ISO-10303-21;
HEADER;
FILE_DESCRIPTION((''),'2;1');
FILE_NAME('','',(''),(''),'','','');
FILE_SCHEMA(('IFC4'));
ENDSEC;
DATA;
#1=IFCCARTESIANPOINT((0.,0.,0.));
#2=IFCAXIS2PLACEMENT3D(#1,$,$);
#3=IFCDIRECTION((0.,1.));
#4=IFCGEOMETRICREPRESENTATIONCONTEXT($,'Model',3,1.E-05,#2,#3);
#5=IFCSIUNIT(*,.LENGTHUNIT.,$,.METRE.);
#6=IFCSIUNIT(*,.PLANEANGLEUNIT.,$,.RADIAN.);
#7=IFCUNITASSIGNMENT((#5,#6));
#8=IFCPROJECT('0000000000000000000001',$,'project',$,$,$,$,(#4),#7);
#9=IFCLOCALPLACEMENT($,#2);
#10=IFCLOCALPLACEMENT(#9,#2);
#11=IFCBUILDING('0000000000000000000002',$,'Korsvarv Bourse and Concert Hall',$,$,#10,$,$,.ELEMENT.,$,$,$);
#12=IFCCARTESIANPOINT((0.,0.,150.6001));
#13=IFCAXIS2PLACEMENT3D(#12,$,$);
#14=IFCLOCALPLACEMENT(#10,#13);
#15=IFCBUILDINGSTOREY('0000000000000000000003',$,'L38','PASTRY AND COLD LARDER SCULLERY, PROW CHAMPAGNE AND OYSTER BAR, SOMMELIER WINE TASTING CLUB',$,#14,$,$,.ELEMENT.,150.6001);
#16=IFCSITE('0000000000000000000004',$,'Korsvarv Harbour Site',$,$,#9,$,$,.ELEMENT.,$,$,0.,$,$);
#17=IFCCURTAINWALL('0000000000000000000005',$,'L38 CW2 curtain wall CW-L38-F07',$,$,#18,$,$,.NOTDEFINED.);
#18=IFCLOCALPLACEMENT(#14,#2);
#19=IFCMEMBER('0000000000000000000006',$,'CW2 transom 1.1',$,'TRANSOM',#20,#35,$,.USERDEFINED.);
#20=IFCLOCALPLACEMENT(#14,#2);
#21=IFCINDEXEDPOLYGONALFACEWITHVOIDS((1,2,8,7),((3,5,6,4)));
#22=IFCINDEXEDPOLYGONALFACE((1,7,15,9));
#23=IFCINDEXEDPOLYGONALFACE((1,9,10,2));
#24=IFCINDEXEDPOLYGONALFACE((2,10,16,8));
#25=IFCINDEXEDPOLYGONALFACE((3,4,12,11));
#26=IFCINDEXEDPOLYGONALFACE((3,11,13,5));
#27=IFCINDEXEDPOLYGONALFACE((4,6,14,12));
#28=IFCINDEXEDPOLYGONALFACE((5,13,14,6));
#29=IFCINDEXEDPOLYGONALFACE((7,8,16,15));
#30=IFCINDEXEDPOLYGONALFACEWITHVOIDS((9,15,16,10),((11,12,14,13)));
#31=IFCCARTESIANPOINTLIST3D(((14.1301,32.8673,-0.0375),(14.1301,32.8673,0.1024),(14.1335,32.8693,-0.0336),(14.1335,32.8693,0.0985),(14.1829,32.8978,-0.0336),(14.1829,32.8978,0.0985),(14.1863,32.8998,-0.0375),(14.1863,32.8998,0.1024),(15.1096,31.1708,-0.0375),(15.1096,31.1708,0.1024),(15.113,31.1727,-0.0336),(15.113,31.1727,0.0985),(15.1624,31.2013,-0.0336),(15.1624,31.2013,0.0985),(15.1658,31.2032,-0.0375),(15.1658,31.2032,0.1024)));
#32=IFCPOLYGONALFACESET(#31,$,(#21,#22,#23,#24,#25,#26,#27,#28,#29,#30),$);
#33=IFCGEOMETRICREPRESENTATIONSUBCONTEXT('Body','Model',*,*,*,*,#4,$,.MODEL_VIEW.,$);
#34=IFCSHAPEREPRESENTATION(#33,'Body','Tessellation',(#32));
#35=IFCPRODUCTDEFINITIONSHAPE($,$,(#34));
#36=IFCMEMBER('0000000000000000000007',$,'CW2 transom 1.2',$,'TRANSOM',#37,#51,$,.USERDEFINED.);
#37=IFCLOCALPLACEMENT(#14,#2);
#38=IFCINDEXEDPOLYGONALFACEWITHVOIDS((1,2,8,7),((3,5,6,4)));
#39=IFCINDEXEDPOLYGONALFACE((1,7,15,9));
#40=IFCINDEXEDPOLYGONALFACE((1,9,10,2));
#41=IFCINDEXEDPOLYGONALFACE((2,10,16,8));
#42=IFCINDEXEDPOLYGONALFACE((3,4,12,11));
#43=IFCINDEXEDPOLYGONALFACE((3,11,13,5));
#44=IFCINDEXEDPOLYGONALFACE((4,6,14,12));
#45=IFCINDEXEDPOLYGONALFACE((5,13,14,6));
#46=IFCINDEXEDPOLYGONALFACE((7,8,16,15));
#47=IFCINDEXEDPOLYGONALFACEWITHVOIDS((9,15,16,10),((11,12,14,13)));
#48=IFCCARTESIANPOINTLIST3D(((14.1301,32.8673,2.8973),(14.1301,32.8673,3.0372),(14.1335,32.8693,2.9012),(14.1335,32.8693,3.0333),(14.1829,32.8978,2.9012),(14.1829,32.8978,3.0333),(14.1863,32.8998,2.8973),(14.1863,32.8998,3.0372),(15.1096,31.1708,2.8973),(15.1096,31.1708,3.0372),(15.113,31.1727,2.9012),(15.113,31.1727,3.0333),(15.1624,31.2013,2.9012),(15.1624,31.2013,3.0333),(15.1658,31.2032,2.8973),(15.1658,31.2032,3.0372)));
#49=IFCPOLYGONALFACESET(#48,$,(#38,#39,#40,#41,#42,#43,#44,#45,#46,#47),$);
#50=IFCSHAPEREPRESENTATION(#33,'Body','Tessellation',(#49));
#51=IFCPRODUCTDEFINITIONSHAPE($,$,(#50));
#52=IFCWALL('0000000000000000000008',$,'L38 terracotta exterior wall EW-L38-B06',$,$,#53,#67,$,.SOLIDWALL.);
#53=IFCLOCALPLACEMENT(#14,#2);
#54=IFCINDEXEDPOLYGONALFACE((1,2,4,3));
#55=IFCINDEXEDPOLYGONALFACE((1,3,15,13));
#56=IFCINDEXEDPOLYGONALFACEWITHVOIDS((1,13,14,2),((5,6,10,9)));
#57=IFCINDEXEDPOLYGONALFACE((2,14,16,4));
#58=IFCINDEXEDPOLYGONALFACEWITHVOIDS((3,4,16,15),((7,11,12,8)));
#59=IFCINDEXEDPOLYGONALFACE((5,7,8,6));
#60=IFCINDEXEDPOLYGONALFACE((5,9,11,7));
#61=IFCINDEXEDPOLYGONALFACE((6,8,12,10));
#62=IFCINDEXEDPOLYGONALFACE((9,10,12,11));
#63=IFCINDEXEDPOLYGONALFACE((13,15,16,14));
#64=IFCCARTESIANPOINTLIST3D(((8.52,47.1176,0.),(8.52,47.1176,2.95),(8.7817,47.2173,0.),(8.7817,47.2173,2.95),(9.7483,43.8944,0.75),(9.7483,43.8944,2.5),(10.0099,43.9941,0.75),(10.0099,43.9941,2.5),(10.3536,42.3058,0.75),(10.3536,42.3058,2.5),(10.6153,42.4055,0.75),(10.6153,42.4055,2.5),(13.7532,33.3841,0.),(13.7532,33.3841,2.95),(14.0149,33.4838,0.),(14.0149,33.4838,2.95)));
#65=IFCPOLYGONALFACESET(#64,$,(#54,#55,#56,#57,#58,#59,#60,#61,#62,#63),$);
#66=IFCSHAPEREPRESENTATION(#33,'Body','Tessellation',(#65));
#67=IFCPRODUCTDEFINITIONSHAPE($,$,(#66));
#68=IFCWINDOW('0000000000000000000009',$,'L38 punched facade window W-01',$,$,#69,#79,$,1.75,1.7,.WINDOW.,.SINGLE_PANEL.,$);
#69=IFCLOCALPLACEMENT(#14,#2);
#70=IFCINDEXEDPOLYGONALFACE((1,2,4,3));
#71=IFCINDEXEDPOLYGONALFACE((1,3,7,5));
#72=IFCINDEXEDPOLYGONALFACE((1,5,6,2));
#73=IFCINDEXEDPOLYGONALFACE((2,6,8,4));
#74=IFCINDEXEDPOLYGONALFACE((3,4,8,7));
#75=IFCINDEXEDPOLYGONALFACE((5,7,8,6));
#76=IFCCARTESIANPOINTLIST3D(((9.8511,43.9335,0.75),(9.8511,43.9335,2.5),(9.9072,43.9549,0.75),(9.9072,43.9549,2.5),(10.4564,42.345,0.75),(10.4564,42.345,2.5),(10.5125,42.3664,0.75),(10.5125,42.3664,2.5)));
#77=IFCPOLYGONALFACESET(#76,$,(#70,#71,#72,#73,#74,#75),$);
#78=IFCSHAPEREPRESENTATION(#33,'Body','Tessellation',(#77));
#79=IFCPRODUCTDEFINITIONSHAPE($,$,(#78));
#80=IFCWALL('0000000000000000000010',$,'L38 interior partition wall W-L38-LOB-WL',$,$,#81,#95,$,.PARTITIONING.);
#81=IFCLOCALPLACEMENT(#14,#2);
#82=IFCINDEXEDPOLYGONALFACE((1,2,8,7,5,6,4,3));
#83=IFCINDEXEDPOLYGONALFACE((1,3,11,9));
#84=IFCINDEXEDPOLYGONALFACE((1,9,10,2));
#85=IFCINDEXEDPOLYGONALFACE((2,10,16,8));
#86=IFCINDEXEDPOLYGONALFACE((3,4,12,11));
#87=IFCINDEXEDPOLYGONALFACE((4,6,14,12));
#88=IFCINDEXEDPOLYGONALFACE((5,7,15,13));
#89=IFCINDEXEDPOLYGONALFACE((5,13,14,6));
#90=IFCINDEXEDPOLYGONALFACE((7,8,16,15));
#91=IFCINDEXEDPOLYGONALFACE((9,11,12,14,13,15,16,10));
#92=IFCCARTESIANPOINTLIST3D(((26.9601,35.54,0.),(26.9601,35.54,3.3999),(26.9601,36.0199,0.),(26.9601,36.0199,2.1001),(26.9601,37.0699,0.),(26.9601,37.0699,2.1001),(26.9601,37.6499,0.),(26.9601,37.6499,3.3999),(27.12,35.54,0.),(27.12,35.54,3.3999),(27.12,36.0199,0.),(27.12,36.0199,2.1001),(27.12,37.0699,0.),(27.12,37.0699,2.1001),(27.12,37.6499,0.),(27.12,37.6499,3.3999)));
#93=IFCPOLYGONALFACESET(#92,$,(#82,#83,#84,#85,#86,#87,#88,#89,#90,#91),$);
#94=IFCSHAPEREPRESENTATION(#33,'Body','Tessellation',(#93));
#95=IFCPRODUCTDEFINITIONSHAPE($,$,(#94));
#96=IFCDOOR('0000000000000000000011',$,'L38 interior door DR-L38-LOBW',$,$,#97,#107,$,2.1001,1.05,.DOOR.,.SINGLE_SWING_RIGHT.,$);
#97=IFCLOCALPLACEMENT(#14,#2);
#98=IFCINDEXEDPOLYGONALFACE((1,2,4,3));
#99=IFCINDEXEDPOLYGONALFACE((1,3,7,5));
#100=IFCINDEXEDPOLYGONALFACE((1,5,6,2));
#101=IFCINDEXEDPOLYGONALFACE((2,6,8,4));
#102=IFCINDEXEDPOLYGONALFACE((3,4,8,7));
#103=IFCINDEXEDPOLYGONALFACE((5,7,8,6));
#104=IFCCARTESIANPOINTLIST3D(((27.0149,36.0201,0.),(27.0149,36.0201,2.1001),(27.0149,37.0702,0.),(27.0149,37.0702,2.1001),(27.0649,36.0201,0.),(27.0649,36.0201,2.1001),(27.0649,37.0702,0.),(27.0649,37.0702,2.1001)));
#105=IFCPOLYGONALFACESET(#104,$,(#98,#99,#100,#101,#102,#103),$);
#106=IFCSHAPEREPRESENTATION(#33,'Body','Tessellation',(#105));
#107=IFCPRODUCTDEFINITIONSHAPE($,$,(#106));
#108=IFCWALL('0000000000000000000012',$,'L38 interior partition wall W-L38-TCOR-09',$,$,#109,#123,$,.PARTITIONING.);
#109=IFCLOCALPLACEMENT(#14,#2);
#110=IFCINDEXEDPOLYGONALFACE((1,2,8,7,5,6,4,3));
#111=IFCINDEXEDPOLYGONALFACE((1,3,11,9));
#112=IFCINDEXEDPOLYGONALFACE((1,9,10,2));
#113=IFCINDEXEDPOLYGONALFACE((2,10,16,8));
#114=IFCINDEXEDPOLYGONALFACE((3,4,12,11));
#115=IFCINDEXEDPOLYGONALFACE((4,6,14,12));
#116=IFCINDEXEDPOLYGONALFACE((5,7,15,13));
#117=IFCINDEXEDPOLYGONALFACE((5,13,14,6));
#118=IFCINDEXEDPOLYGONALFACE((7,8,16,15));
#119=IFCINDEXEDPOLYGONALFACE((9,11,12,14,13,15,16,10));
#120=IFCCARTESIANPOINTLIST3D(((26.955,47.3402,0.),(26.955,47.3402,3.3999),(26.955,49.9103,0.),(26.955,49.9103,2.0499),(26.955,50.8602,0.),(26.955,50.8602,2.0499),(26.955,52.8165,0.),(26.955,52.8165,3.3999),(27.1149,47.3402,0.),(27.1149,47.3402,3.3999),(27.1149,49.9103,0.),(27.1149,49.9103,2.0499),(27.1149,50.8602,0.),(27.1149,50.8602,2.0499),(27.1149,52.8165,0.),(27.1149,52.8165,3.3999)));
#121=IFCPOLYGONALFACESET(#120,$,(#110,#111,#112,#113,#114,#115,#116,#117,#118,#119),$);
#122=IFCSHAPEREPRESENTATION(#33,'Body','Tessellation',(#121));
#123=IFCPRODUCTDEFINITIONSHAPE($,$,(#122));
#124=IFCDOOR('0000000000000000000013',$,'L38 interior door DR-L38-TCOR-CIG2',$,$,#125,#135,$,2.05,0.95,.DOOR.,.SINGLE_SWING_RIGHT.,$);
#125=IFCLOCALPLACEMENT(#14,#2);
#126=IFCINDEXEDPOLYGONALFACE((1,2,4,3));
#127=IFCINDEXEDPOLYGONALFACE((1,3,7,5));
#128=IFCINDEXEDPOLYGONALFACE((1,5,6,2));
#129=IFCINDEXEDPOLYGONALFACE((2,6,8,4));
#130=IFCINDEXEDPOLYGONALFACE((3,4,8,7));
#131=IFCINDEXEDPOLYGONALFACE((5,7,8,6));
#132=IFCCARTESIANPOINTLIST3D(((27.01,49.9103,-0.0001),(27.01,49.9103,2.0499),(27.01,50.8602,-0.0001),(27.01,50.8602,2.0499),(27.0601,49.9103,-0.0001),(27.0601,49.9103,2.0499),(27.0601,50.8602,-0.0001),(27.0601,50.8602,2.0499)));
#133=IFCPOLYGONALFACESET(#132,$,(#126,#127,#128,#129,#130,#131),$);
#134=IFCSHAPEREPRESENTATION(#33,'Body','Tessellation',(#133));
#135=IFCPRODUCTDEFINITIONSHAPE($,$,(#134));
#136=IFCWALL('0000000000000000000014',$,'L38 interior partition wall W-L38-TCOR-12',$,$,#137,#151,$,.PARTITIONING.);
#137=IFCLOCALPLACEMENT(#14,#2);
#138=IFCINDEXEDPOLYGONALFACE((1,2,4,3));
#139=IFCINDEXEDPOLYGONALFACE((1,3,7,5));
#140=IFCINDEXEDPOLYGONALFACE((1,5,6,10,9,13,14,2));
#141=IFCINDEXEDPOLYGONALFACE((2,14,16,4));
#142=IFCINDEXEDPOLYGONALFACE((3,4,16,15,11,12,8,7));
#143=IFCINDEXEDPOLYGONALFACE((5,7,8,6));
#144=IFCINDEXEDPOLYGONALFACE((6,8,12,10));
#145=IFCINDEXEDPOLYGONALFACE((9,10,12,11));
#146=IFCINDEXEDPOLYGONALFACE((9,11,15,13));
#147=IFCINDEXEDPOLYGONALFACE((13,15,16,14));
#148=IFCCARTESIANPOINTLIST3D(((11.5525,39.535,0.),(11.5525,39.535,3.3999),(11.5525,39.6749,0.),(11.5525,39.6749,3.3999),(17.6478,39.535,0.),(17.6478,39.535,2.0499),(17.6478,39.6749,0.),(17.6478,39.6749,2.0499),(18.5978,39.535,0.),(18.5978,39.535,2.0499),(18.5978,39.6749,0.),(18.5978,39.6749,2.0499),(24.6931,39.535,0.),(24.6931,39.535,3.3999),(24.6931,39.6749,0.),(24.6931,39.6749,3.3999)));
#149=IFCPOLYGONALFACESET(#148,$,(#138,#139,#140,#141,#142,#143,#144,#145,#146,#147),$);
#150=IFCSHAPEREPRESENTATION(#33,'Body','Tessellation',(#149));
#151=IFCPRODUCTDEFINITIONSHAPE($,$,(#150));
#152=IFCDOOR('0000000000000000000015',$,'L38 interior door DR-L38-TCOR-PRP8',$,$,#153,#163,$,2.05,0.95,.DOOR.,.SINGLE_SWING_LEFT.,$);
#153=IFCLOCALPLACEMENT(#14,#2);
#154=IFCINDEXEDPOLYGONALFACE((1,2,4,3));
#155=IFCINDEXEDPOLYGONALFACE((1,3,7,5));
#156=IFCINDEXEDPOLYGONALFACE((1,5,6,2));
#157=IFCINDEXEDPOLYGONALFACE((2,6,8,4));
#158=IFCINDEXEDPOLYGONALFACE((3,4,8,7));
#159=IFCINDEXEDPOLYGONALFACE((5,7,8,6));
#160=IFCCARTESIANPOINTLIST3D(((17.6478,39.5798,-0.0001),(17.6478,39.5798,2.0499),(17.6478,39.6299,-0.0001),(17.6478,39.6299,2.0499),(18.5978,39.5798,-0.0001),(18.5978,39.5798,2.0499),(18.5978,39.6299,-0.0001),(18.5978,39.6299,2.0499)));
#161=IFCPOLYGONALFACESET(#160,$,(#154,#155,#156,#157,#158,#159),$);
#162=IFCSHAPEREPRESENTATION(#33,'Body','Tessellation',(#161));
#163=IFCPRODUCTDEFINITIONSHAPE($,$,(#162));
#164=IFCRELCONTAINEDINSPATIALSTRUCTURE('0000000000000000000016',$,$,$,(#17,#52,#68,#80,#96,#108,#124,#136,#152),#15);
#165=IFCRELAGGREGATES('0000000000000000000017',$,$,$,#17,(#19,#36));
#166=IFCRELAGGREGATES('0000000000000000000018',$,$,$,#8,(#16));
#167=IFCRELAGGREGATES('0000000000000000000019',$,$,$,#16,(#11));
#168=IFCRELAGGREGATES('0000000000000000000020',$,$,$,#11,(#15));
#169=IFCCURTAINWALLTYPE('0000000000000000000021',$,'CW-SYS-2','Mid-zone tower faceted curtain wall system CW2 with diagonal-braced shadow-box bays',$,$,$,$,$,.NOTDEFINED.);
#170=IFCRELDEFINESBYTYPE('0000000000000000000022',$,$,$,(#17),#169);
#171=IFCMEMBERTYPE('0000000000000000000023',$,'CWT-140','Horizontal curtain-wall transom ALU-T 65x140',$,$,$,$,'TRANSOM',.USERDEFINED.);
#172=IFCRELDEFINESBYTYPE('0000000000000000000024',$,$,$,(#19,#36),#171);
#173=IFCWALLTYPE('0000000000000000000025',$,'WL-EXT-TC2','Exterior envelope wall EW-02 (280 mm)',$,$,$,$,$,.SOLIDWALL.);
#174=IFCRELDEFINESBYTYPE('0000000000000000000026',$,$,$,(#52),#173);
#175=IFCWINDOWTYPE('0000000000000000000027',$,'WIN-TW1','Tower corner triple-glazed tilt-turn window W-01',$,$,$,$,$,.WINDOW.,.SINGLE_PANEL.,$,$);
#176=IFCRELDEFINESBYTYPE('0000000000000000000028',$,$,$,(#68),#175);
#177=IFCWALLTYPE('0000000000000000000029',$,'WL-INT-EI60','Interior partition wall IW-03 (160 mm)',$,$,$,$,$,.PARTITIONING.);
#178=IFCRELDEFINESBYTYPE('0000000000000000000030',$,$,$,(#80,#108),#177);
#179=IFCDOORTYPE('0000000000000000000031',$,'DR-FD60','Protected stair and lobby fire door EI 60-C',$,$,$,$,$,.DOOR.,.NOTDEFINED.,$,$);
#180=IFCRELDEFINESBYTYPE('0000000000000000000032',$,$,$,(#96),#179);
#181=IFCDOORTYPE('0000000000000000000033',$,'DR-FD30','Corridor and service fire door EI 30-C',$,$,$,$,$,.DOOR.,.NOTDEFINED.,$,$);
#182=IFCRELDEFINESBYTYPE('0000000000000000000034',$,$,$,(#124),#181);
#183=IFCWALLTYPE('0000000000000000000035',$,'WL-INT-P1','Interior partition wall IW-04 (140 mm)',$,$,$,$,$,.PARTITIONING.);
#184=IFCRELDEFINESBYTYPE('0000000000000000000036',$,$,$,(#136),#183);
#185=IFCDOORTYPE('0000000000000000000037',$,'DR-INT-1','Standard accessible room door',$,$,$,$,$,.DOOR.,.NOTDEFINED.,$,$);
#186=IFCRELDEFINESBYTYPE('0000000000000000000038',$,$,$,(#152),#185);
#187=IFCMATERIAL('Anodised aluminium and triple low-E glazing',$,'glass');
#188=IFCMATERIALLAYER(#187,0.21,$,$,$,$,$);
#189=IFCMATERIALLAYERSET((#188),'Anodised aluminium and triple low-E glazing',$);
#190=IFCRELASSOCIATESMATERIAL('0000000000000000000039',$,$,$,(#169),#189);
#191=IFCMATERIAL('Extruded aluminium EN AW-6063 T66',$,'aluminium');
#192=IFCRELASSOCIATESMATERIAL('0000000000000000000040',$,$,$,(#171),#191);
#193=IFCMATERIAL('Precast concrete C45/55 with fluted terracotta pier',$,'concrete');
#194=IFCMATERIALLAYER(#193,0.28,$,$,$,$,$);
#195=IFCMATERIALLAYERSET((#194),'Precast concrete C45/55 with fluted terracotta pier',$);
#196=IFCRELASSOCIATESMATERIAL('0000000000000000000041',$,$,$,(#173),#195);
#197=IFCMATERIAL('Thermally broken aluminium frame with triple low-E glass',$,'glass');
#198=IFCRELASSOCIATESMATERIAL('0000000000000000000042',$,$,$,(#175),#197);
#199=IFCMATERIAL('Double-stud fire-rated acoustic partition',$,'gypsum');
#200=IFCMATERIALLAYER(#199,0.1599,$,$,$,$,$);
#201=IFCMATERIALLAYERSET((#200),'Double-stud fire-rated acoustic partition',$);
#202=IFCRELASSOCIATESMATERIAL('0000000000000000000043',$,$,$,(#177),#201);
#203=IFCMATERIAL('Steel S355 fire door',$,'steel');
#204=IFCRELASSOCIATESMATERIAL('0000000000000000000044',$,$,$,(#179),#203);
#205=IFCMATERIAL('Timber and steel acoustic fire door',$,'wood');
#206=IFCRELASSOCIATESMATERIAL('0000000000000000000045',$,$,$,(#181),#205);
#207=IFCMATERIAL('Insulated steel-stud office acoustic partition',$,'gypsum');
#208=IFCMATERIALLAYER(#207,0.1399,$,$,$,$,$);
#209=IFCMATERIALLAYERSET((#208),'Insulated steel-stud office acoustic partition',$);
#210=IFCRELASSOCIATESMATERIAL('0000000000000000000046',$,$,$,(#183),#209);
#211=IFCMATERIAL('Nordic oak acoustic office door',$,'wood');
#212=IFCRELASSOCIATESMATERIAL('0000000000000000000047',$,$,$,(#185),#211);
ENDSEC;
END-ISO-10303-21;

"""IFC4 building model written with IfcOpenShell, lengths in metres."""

from ifc_helpers import new_model, si_unit, direction, frame, frame_2d, origin, origin_2d, place, context, subcontext, project, spatial, rectangle, hollow_rectangle, extrude, source, transform, mapped, material, layer, layer_set, material_profile, profile_set, type_object, element, fill, aggregate, save


model = new_model("IFC4")

# Units and contexts
model_context = context("Model", 3, precision=1e-05, world=origin(), true_north=direction((0.0, 1.0)))
body_context = subcontext(model_context, "Body", "Model", "MODEL_VIEW")
ifc_project = project(units=[si_unit("LENGTHUNIT", "METRE"), si_unit("PLANEANGLEUNIT", "RADIAN")], contexts=[model_context])

# Site, building, storey
site_placement = place(None, origin())
site = spatial("IfcSite", under=ifc_project, at=site_placement, Name="Korsvarv Harbour Site", CompositionType="ELEMENT", RefElevation=0.0)
building_placement = place(site_placement, origin())
building = spatial("IfcBuilding", under=site, at=building_placement, Name="Korsvarv Bourse and Concert Hall", CompositionType="ELEMENT")
storey_placement = place(building_placement, frame((0.0, 0.0, 150.6001)))
storey = spatial("IfcBuildingStorey", under=building, at=storey_placement, Name="L38", Description="PASTRY AND COLD LARDER SCULLERY, PROW CHAMPAGNE AND OYSTER BAR, SOMMELIER WINE TASTING CLUB", CompositionType="ELEMENT", Elevation=150.6001)

# Curtain wall, members
ifc_material_1 = material(Name="Anodised aluminium and triple low-E glazing", Category="glass")
ifc_layer_1 = layer(ifc_material_1, 0.21)
ifc_layer_set_1 = layer_set([ifc_layer_1], Name="Anodised aluminium and triple low-E glazing")
curtain_wall_type = type_object("IfcCurtainWallType", Name="CW-SYS-2", Description="Mid-zone tower faceted curtain wall system CW2 with diagonal-braced shadow-box bays", PredefinedType="NOTDEFINED", material=ifc_layer_set_1)
curtain_wall_placement = place(storey_placement, origin())
curtain_wall = element("IfcCurtainWall", 1, at=curtain_wall_placement, inside=storey, type_object=curtain_wall_type, Name="L38 CW2 curtain wall CW-L38-F07", PredefinedType="NOTDEFINED")
ifc_material_2 = material(Name="Extruded aluminium EN AW-6063 T66", Category="aluminium")
ifc_material_profile_1 = material_profile(ifc_material_2, hollow_rectangle(XDim=0.0649, YDim=0.1399, WallThickness=0.0039, at=origin_2d()), Name="ALU-T 65x140")
ifc_profile_set_1 = profile_set([ifc_material_profile_1], Name="Extruded aluminium EN AW-6063 T66")
member_type_1 = type_object("IfcMemberType", Name="CWT-140", Description="Horizontal curtain-wall transom ALU-T 65x140", ElementType="TRANSOM", PredefinedType="USERDEFINED", material=ifc_profile_set_1)
shared_shape_1 = source(origin(), body_context, "Body", "SweptSolid", [
    extrude(hollow_rectangle(XDim=0.0649, YDim=0.1399, WallThickness=0.0039, at=origin_2d()), origin(), (0.0, 0.0, 1.0), 1.959),
])
member_1_placement = place(storey_placement, frame((14.1582, 32.8835, 0.0325), z_axis=(0.499999, -0.866026, 0.0), x_axis=(0.866026, 0.499999, 0.0)))
member_1 = element("IfcMember", 2, at=member_1_placement, type_object=member_type_1, Name="CW2 transom 1.1", ObjectType="TRANSOM", PredefinedType="USERDEFINED", context=body_context, shape_type="MappedRepresentation", body=[
    mapped(shared_shape_1, transform((0.0, 0.0, 0.0), scale=1.0)),
])
member_2_placement = place(storey_placement, frame((14.1582, 32.8835, 2.9673), z_axis=(0.499999, -0.866026, 0.0), x_axis=(0.866026, 0.499999, 0.0)))
member_2 = element("IfcMember", 3, at=member_2_placement, type_object=member_type_1, Name="CW2 transom 1.2", ObjectType="TRANSOM", PredefinedType="USERDEFINED", context=body_context, shape_type="MappedRepresentation", body=[
    mapped(shared_shape_1, transform((0.0, 0.0, 0.0), scale=1.0)),
])
aggregate(curtain_wall, [member_1, member_2])

# Wall, opening, window
ifc_material_3 = material(Name="Precast concrete C45/55 with fluted terracotta pier", Category="concrete")
ifc_layer_2 = layer(ifc_material_3, 0.28)
ifc_layer_set_2 = layer_set([ifc_layer_2], Name="Precast concrete C45/55 with fluted terracotta pier")
wall_type_1 = type_object("IfcWallType", Name="WL-EXT-TC2", Description="Exterior envelope wall EW-02 (280 mm)", PredefinedType="SOLIDWALL", material=ifc_layer_set_2)
wall_1_placement = place(storey_placement, frame((8.6509, 47.1675, 0.0), z_axis=(0.0, 0.0, 1.0), x_axis=(0.356078, -0.934456, 0.0)))
wall_1 = element("IfcWall", 4, at=wall_1_placement, inside=storey, type_object=wall_type_1, Name="L38 terracotta exterior wall EW-L38-B06", PredefinedType="SOLIDWALL", context=body_context, shape_type="SweptSolid", body=[
    extrude(rectangle(XDim=14.6968, YDim=0.28, at=frame_2d((7.3484, 0.0))), origin(), (0.0, 0.0, 1.0), 2.95),
])
opening_1_placement = place(wall_1_placement, frame((3.4492, 0.0, 0.75)))
opening_1 = element("IfcOpeningElement", 5, at=opening_1_placement, cuts=wall_1, PredefinedType="OPENING", context=body_context, shape_type="SweptSolid", body=[
    extrude(rectangle(XDim=1.7, YDim=1.75, at=frame_2d((0.8501, 0.875))), frame((0.0, 0.1499, 0.0), z_axis=(0.0, -1.0, 0.0), x_axis=(1.0, 0.0, 0.0)), (0.0, 0.0, 1.0), 0.3),
])
ifc_material_4 = material(Name="Thermally broken aluminium frame with triple low-E glass", Category="glass")
window_type = type_object("IfcWindowType", Name="WIN-TW1", Description="Tower corner triple-glazed tilt-turn window W-01", PartitioningType="SINGLE_PANEL", PredefinedType="WINDOW", material=ifc_material_4)
window_placement = place(opening_1_placement, origin())
window = element("IfcWindow", 6, at=window_placement, inside=storey, type_object=window_type, Name="L38 punched facade window W-01", OverallHeight=1.75, OverallWidth=1.7, PartitioningType="SINGLE_PANEL", PredefinedType="WINDOW", context=body_context, shape_type="SweptSolid", body=[
    extrude(rectangle(XDim=1.7, YDim=1.75, at=frame_2d((0.8501, 0.875))), frame((0.0, 0.03, 0.0), z_axis=(0.0, -1.0, 0.0), x_axis=(1.0, 0.0, 0.0)), (0.0, 0.0, 1.0), 0.0601),
])
fill(opening_1, window)

# Walls, openings, doors
ifc_material_5 = material(Name="Double-stud fire-rated acoustic partition", Category="gypsum")
ifc_layer_3 = layer(ifc_material_5, 0.1599)
ifc_layer_set_3 = layer_set([ifc_layer_3], Name="Double-stud fire-rated acoustic partition")
wall_type_2 = type_object("IfcWallType", Name="WL-INT-EI60", Description="Interior partition wall IW-03 (160 mm)", PredefinedType="PARTITIONING", material=ifc_layer_set_3)
wall_2_placement = place(storey_placement, frame((27.04, 35.54, 0.0), z_axis=(0.0, 0.0, 1.0), x_axis=(0.0, 1.0, 0.0)))
wall_2 = element("IfcWall", 7, at=wall_2_placement, inside=storey, type_object=wall_type_2, Name="L38 interior partition wall W-L38-LOB-WL", PredefinedType="PARTITIONING", context=body_context, shape_type="SweptSolid", body=[
    extrude(rectangle(XDim=2.1099, YDim=0.1599, at=frame_2d((1.0549, 0.0))), origin(), (0.0, 0.0, 1.0), 3.3999),
])
opening_2_placement = place(wall_2_placement, frame((0.48, 0.0, 0.0)))
opening_2 = element("IfcOpeningElement", 8, at=opening_2_placement, cuts=wall_2, PredefinedType="OPENING", context=body_context, shape_type="SweptSolid", body=[
    extrude(rectangle(XDim=1.05, YDim=2.1001, at=frame_2d((0.5249, 1.05))), frame((0.0, 0.0898, 0.0), z_axis=(0.0, -1.0, 0.0), x_axis=(1.0, 0.0, 0.0)), (0.0, 0.0, 1.0), 0.1799),
])
ifc_material_6 = material(Name="Steel S355 fire door", Category="steel")
door_type_1 = type_object("IfcDoorType", Name="DR-FD60", Description="Protected stair and lobby fire door EI 60-C", OperationType="NOTDEFINED", PredefinedType="DOOR", material=ifc_material_6)
door_1_placement = place(opening_2_placement, frame((1.05, 0.0, 0.0), z_axis=(0.0, 0.0, 1.0), x_axis=(-1.0, 0.0, 0.0)))
door_1 = element("IfcDoor", 9, at=door_1_placement, inside=storey, type_object=door_type_1, Name="L38 interior door DR-L38-LOBW", OperationType="SINGLE_SWING_RIGHT", OverallHeight=2.1001, OverallWidth=1.05, PredefinedType="DOOR", context=body_context, shape_type="SweptSolid", body=[
    extrude(rectangle(XDim=1.05, YDim=2.1001, at=frame_2d((0.5249, 1.05))), frame((0.0, 0.0249, 0.0), z_axis=(0.0, -1.0, 0.0), x_axis=(1.0, 0.0, 0.0)), (0.0, 0.0, 1.0), 0.05),
])
fill(opening_2, door_1)
wall_3_placement = place(storey_placement, frame((27.0349, 47.3401, 0.0), z_axis=(0.0, 0.0, 1.0), x_axis=(0.0, 1.0, 0.0)))
wall_3 = element("IfcWall", 10, at=wall_3_placement, inside=storey, type_object=wall_type_2, Name="L38 interior partition wall W-L38-TCOR-09", PredefinedType="PARTITIONING", context=body_context, shape_type="SweptSolid", body=[
    extrude(rectangle(XDim=5.4763, YDim=0.1599, at=frame_2d((2.7383, 0.0))), origin(), (0.0, 0.0, 1.0), 3.3999),
])
opening_3_placement = place(wall_3_placement, frame((2.5701, 0.0, 0.0)))
opening_3 = element("IfcOpeningElement", 11, at=opening_3_placement, cuts=wall_3, PredefinedType="OPENING", context=body_context, shape_type="SweptSolid", body=[
    extrude(rectangle(XDim=0.95, YDim=2.05, at=frame_2d((0.4751, 1.0249))), frame((0.0, 0.0898, 0.0), z_axis=(0.0, -1.0, 0.0), x_axis=(1.0, 0.0, 0.0)), (0.0, 0.0, 1.0), 0.1799),
])
ifc_material_7 = material(Name="Timber and steel acoustic fire door", Category="wood")
door_type_2 = type_object("IfcDoorType", Name="DR-FD30", Description="Corridor and service fire door EI 30-C", OperationType="NOTDEFINED", PredefinedType="DOOR", material=ifc_material_7)
door_2_placement = place(opening_3_placement, origin())
door_2 = element("IfcDoor", 12, at=door_2_placement, inside=storey, type_object=door_type_2, Name="L38 interior door DR-L38-TCOR-CIG2", OperationType="SINGLE_SWING_RIGHT", OverallHeight=2.05, OverallWidth=0.95, PredefinedType="DOOR", context=body_context, shape_type="SweptSolid", body=[
    extrude(rectangle(XDim=0.95, YDim=2.05, at=frame_2d((0.4751, 1.0249))), frame((0.0, 0.0249, 0.0), z_axis=(0.0, -1.0, 0.0), x_axis=(1.0, 0.0, 0.0)), (0.0, 0.0, 1.0), 0.05),
])
fill(opening_3, door_2)
ifc_material_8 = material(Name="Insulated steel-stud office acoustic partition", Category="gypsum")
ifc_layer_4 = layer(ifc_material_8, 0.1399)
ifc_layer_set_4 = layer_set([ifc_layer_4], Name="Insulated steel-stud office acoustic partition")
wall_type_3 = type_object("IfcWallType", Name="WL-INT-P1", Description="Interior partition wall IW-04 (140 mm)", PredefinedType="PARTITIONING", material=ifc_layer_set_4)
wall_4_placement = place(storey_placement, frame((11.5525, 39.605, 0.0), z_axis=(0.0, 0.0, 1.0), x_axis=(1.0, 0.0, 0.0)))
wall_4 = element("IfcWall", 13, at=wall_4_placement, inside=storey, type_object=wall_type_3, Name="L38 interior partition wall W-L38-TCOR-12", PredefinedType="PARTITIONING", context=body_context, shape_type="SweptSolid", body=[
    extrude(rectangle(XDim=13.1406, YDim=0.1399, at=frame_2d((6.5703, 0.0))), origin(), (0.0, 0.0, 1.0), 3.3999),
])
opening_4_placement = place(wall_4_placement, frame((6.0952, 0.0, 0.0)))
opening_4 = element("IfcOpeningElement", 14, at=opening_4_placement, cuts=wall_4, PredefinedType="OPENING", context=body_context, shape_type="SweptSolid", body=[
    extrude(rectangle(XDim=0.95, YDim=2.05, at=frame_2d((0.4751, 1.0249))), frame((0.0, 0.0801, 0.0), z_axis=(0.0, -1.0, 0.0), x_axis=(1.0, 0.0, 0.0)), (0.0, 0.0, 1.0), 0.1599),
])
ifc_material_9 = material(Name="Nordic oak acoustic office door", Category="wood")
door_type_3 = type_object("IfcDoorType", Name="DR-INT-1", Description="Standard accessible room door", OperationType="NOTDEFINED", PredefinedType="DOOR", material=ifc_material_9)
door_3_placement = place(opening_4_placement, origin())
door_3 = element("IfcDoor", 15, at=door_3_placement, inside=storey, type_object=door_type_3, Name="L38 interior door DR-L38-TCOR-PRP8", OperationType="SINGLE_SWING_LEFT", OverallHeight=2.05, OverallWidth=0.95, PredefinedType="DOOR", context=body_context, shape_type="SweptSolid", body=[
    extrude(rectangle(XDim=0.95, YDim=2.05, at=frame_2d((0.4751, 1.0249))), frame((0.0, 0.0249, 0.0), z_axis=(0.0, -1.0, 0.0), x_axis=(1.0, 0.0, 0.0)), (0.0, 0.0, 1.0), 0.05),
])
fill(opening_4, door_3)

save(model, "model.ifc")
